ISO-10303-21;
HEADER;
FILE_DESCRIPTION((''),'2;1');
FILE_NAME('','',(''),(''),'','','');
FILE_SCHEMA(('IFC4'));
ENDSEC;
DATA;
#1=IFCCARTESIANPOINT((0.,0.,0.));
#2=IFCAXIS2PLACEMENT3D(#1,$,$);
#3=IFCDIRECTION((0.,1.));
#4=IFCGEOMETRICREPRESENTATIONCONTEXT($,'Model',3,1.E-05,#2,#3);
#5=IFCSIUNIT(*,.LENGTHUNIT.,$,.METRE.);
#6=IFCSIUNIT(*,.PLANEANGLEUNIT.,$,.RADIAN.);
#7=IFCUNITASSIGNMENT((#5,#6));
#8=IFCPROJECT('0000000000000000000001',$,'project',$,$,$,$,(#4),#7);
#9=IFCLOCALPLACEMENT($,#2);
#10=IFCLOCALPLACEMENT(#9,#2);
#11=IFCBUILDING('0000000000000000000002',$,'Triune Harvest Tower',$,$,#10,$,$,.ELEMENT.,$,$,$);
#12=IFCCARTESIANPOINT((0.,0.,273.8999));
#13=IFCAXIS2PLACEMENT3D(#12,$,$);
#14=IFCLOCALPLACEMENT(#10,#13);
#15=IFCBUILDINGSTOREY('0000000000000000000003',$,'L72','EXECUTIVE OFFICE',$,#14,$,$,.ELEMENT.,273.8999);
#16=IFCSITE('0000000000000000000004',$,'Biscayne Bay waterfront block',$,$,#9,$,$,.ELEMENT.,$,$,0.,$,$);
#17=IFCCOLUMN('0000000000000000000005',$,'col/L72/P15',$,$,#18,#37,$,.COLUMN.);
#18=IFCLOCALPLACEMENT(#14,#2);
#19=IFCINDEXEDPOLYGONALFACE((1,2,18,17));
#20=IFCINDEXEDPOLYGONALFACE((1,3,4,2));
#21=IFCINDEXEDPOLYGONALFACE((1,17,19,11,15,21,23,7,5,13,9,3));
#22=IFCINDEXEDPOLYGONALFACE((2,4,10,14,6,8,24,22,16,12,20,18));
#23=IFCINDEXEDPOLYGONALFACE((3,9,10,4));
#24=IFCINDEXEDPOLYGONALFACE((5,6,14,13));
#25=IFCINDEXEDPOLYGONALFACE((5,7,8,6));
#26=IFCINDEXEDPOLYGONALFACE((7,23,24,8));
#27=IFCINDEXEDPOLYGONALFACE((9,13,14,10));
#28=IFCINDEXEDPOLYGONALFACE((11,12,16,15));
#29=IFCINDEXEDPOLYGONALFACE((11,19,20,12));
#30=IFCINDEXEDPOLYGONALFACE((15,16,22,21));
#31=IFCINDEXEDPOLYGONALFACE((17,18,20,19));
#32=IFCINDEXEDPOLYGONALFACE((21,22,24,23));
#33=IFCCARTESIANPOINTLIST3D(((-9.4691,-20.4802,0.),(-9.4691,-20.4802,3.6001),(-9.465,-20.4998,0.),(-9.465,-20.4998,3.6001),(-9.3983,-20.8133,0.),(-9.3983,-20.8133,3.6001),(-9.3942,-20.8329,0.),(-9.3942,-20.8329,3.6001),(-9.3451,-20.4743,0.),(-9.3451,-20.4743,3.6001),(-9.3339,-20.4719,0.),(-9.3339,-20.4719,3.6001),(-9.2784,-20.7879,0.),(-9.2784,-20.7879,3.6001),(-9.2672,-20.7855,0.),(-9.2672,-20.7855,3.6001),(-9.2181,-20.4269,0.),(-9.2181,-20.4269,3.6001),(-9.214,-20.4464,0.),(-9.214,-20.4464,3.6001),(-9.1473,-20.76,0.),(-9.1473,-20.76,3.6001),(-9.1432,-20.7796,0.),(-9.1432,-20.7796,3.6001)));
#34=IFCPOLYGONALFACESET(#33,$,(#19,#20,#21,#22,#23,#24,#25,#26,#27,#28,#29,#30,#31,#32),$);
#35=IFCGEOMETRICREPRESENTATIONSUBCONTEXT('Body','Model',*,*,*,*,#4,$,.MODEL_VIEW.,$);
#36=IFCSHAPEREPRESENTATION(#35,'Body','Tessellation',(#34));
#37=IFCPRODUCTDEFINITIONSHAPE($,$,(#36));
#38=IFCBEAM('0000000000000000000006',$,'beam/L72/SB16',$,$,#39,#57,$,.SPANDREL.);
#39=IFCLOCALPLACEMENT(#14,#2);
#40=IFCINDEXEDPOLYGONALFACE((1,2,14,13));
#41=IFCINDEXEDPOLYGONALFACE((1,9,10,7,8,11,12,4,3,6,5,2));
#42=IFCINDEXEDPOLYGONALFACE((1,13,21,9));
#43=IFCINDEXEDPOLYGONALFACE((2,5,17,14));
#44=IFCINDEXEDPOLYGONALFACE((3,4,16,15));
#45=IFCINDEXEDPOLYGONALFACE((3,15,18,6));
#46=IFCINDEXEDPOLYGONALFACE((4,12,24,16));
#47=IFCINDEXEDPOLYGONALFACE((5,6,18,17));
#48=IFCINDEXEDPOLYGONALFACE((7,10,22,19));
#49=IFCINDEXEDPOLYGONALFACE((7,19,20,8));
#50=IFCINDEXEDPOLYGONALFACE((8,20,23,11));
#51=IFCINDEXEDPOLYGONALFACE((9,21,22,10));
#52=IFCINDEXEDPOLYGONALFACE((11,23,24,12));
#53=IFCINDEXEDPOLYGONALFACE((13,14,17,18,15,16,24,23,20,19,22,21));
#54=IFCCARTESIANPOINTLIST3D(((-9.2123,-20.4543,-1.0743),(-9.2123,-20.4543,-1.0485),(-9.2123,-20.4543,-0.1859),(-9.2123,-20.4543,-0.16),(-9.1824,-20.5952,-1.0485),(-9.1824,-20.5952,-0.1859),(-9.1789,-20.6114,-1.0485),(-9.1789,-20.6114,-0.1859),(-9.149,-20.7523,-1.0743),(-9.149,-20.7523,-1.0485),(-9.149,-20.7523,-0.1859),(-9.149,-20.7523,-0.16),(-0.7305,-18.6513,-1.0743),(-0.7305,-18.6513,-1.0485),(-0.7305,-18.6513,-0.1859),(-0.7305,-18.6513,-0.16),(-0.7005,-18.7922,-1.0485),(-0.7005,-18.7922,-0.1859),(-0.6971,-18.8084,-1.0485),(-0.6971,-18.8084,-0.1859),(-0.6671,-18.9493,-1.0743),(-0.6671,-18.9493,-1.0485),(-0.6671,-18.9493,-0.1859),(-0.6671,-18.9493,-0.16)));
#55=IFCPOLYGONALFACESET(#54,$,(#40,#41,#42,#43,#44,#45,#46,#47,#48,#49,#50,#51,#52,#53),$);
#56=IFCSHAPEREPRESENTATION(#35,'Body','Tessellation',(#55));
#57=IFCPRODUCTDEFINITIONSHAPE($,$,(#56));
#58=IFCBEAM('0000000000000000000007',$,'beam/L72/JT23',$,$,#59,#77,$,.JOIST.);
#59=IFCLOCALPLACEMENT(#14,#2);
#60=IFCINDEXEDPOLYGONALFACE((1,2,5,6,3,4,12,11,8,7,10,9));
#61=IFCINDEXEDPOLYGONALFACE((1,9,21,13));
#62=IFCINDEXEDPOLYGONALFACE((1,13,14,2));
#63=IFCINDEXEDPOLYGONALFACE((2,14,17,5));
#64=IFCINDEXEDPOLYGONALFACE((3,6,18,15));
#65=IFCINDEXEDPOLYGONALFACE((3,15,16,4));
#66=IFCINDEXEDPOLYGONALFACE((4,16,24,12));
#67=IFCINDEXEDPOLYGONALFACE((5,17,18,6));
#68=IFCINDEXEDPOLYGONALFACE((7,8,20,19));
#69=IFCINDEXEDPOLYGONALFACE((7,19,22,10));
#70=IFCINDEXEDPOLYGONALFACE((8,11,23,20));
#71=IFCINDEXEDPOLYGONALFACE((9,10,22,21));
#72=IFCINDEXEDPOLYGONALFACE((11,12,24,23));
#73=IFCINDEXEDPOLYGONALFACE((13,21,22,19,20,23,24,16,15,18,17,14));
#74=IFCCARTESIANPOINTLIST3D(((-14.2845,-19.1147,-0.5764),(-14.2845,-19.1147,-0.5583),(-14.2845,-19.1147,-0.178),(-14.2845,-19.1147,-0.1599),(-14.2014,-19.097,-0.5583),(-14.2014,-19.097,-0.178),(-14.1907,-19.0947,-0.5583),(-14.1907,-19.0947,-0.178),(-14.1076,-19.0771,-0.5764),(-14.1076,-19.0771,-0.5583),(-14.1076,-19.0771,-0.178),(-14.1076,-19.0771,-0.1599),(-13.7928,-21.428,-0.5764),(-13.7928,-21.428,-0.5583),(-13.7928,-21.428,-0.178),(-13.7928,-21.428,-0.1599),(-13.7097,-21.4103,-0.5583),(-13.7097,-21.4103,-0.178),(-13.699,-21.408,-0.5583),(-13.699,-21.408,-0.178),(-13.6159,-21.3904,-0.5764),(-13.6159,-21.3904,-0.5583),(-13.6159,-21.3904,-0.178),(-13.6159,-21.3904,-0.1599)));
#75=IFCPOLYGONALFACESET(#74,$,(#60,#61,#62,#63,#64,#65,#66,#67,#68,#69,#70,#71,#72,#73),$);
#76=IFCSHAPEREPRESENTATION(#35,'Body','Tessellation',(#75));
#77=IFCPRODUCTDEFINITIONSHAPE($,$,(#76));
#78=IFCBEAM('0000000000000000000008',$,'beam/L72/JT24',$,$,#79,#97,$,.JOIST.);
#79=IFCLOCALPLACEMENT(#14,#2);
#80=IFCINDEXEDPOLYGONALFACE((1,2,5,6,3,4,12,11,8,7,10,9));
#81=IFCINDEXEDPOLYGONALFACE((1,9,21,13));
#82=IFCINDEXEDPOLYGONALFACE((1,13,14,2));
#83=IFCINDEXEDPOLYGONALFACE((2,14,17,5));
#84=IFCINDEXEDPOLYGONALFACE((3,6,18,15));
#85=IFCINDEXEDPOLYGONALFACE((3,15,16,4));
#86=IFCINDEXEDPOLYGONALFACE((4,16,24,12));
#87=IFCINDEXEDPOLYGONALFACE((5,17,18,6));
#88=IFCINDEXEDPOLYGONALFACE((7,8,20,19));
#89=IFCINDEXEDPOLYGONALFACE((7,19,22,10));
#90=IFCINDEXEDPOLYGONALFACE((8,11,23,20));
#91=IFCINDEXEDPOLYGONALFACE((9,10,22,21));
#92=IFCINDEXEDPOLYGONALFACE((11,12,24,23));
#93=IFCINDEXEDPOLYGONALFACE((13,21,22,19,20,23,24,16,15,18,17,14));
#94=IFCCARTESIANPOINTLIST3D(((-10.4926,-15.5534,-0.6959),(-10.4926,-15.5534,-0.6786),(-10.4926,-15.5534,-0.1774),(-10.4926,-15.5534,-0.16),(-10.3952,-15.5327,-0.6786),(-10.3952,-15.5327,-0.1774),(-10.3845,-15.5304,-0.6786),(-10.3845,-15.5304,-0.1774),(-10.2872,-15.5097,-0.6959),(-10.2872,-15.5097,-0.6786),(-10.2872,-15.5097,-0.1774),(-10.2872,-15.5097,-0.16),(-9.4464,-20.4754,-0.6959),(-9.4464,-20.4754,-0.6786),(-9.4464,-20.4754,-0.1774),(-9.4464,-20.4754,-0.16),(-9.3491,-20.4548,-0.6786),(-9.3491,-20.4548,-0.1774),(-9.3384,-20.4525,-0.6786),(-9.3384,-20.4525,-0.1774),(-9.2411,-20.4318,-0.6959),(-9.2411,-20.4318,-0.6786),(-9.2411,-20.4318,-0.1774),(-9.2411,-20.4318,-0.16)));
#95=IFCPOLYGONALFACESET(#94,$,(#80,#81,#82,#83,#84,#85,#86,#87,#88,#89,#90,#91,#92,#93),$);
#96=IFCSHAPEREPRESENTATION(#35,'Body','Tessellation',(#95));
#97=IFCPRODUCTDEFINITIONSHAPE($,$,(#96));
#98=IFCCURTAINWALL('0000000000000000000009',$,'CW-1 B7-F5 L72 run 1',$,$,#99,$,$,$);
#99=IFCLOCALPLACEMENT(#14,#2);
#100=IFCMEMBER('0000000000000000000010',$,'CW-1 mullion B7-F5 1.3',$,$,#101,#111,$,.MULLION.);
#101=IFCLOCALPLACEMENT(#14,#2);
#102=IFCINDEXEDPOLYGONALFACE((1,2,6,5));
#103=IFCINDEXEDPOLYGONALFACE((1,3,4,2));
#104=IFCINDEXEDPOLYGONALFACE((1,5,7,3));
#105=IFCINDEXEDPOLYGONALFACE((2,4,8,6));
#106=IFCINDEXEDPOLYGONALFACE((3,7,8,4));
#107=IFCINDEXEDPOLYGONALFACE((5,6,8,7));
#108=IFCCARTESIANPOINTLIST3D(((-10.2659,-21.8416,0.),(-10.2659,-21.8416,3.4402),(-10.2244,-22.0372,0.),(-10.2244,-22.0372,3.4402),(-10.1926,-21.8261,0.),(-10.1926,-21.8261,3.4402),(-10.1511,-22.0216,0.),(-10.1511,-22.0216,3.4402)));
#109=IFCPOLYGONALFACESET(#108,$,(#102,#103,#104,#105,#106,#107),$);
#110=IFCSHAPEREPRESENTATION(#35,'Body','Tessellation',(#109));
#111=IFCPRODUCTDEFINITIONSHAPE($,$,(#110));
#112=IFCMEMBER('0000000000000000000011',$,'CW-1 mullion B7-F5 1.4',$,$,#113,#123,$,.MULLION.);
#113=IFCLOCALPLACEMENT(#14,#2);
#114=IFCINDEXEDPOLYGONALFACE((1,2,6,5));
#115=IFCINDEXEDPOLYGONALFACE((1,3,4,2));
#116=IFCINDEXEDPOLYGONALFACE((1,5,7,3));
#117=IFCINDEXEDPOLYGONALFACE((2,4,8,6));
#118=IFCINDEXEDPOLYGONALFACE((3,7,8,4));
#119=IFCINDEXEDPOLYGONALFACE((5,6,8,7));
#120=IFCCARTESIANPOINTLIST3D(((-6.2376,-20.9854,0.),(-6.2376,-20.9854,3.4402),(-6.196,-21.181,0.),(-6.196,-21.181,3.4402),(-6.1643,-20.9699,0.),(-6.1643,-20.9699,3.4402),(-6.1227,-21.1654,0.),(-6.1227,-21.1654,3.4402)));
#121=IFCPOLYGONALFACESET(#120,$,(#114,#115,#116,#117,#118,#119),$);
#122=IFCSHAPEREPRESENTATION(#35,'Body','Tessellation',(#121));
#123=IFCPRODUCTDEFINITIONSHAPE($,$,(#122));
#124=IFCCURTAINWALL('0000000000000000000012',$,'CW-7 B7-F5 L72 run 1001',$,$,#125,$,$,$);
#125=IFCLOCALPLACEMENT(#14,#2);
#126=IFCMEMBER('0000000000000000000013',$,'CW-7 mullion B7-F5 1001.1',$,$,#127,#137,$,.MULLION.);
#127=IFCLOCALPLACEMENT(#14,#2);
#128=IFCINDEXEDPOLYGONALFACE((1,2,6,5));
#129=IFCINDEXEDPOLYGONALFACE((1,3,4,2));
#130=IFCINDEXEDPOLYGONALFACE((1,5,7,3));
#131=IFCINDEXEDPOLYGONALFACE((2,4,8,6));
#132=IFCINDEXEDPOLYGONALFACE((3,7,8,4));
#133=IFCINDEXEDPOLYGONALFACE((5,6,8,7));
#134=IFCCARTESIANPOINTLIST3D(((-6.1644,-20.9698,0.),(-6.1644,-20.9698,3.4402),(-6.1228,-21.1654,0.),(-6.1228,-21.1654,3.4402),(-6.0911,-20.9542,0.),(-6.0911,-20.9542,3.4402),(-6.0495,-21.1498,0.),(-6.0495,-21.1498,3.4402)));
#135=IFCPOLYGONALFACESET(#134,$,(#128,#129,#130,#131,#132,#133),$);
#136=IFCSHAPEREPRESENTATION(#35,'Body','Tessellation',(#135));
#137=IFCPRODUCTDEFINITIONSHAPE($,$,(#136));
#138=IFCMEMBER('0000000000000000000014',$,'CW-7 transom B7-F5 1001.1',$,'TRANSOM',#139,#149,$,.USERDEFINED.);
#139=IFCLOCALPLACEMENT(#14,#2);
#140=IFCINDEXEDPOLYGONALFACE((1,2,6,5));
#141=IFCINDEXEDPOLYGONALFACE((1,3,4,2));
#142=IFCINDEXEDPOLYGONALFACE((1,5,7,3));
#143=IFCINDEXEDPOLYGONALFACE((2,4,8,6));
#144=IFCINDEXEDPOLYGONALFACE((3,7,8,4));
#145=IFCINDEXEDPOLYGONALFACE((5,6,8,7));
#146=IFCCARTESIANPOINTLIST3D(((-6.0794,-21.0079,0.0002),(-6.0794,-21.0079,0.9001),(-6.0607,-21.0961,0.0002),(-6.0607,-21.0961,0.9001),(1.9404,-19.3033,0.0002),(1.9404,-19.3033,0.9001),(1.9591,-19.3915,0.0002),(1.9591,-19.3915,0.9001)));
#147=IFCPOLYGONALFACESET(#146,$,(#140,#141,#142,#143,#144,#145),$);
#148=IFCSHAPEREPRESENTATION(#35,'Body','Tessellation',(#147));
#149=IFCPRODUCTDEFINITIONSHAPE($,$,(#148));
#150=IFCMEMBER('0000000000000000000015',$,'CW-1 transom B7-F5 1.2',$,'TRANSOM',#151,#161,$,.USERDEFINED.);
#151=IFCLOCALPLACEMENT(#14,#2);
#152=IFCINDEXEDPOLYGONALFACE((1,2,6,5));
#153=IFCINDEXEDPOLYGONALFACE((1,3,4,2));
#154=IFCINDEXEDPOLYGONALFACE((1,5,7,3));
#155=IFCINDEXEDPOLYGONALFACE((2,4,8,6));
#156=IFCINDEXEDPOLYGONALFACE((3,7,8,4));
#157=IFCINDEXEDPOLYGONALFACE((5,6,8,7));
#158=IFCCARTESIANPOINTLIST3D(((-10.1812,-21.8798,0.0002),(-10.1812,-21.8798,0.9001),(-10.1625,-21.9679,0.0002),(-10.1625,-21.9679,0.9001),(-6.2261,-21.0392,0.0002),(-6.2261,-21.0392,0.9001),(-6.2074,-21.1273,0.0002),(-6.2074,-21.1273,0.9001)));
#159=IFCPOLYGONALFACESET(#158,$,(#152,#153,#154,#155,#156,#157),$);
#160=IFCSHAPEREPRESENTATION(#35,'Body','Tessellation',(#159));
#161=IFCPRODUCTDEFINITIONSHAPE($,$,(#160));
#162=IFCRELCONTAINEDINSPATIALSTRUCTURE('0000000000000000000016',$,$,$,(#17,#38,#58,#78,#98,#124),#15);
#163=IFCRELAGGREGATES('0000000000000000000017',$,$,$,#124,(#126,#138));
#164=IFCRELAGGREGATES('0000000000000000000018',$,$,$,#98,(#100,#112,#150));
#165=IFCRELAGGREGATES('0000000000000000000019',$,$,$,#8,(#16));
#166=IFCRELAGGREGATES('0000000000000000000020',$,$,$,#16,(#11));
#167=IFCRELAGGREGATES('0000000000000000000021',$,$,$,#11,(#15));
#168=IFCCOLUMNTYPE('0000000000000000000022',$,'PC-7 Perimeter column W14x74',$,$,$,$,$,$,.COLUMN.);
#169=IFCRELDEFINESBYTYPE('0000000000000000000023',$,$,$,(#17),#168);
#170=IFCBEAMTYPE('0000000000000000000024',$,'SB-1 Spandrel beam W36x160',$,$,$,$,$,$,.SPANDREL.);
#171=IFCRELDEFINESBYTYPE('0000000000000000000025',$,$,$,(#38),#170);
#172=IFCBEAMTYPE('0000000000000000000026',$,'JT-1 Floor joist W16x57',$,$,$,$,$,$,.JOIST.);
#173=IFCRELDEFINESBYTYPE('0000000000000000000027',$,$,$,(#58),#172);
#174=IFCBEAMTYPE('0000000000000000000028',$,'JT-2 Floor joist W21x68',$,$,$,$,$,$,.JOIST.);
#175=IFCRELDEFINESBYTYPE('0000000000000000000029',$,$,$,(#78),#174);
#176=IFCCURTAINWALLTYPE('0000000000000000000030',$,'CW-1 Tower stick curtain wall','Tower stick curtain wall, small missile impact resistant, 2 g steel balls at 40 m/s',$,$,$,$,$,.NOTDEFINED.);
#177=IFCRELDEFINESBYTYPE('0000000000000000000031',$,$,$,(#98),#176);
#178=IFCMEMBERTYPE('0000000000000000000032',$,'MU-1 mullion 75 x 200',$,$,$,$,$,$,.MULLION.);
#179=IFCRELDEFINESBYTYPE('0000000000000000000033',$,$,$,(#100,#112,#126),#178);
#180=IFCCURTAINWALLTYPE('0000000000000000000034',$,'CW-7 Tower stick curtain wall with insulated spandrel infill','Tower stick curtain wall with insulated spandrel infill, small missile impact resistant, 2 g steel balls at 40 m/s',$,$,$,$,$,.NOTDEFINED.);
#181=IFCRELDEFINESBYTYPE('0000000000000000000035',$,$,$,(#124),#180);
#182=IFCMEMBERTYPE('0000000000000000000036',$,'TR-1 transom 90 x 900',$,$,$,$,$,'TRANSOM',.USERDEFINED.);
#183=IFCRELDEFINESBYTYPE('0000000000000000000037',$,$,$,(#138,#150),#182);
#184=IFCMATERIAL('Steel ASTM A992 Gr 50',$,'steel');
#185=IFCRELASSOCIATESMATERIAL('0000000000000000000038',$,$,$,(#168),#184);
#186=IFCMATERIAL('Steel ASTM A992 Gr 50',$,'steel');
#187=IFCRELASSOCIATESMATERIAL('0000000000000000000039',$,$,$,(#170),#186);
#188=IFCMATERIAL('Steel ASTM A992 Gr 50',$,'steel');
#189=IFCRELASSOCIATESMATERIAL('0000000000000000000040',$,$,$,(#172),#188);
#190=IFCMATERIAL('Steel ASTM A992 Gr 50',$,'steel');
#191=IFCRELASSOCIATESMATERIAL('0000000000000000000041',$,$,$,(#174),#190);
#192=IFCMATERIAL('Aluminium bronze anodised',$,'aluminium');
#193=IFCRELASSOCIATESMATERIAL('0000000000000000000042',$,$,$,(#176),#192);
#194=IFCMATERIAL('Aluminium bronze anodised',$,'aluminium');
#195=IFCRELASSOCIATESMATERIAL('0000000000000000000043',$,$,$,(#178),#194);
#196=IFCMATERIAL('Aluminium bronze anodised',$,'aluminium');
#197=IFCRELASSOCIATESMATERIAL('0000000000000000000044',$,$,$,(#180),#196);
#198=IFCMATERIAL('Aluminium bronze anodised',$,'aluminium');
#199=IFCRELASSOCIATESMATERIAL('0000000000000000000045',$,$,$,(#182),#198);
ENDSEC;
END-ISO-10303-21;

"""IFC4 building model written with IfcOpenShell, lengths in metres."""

from ifc_helpers import new_model, si_unit, direction, frame, origin, origin_2d, place, context, subcontext, project, spatial, rectangle, i_section, extrude, source, transform, mapped, material, material_profile, profile_set, type_object, element, aggregate, save


model = new_model("IFC4")

# Units and contexts
model_context = context("Model", 3, precision=1e-05, world=origin(), true_north=direction((0.0, 1.0)))
body_context = subcontext(model_context, "Body", "Model", "MODEL_VIEW")
ifc_project = project(units=[si_unit("LENGTHUNIT", "METRE"), si_unit("PLANEANGLEUNIT", "RADIAN")], contexts=[model_context])

# Site, building, storey
site_placement = place(None, origin())
site = spatial("IfcSite", under=ifc_project, at=site_placement, Name="Biscayne Bay waterfront block", CompositionType="ELEMENT", RefElevation=0.0)
building_placement = place(site_placement, origin())
building = spatial("IfcBuilding", under=site, at=building_placement, Name="Triune Harvest Tower", CompositionType="ELEMENT")
storey_placement = place(building_placement, frame((0.0, 0.0, 273.8999)))
storey = spatial("IfcBuildingStorey", under=building, at=storey_placement, Name="L72", Description="EXECUTIVE OFFICE", CompositionType="ELEMENT", Elevation=273.8999)

# Column
ifc_material_1 = material(Name="Steel ASTM A992 Gr 50", Category="steel")
ifc_material_profile_1 = material_profile(ifc_material_1, i_section(OverallWidth=0.2566, OverallDepth=0.3606, WebThickness=0.0115, FlangeThickness=0.02, at=origin_2d()), Name="W14x74")
ifc_profile_set_1 = profile_set([ifc_material_profile_1], Name="Steel ASTM A992 Gr 50")
column_type = type_object("IfcColumnType", Name="PC-7 Perimeter column W14x74", PredefinedType="COLUMN", material=ifc_profile_set_1)
shared_shape_1 = source(origin(), body_context, "Body", "SweptSolid", [
    extrude(i_section(OverallWidth=0.2566, OverallDepth=0.3606, WebThickness=0.0115, FlangeThickness=0.02, at=origin_2d()), origin(), (0.0, 0.0, 1.0), 3.6001),
])
column_placement = place(storey_placement, frame((-9.3062, -20.6299, 0.0), z_axis=(0.0, 0.0, 1.0), x_axis=(0.978147, 0.207913, 0.0)))
element("IfcColumn", 1, at=column_placement, inside=storey, type_object=column_type, Name="col/L72/P15", PredefinedType="COLUMN", context=body_context, shape_type="MappedRepresentation", body=[
    mapped(shared_shape_1, transform((0.0, 0.0, 0.0), scale=1.0)),
])

# Beams
ifc_material_2 = material(Name="Steel ASTM A992 Gr 50", Category="steel")
ifc_material_profile_2 = material_profile(ifc_material_2, i_section(OverallWidth=0.3047, OverallDepth=0.9143, WebThickness=0.0166, FlangeThickness=0.0259, at=origin_2d()), Name="W36x160")
ifc_profile_set_2 = profile_set([ifc_material_profile_2], Name="Steel ASTM A992 Gr 50")
beam_type_1 = type_object("IfcBeamType", Name="SB-1 Spandrel beam W36x160", PredefinedType="SPANDREL", material=ifc_profile_set_2)
shared_shape_2 = source(origin(), body_context, "Body", "SweptSolid", [
    extrude(i_section(OverallWidth=0.3047, OverallDepth=0.9143, WebThickness=0.0166, FlangeThickness=0.0259, at=origin_2d()), origin(), (0.0, 0.0, 1.0), 8.6714),
])
beam_1_placement = place(storey_placement, frame((-9.1807, -20.6033, -0.6172), z_axis=(0.978146, 0.207921, 0.0), x_axis=(-0.207921, 0.978146, 0.0)))
element("IfcBeam", 2, at=beam_1_placement, inside=storey, type_object=beam_type_1, Name="beam/L72/SB16", PredefinedType="SPANDREL", context=body_context, shape_type="MappedRepresentation", body=[
    mapped(shared_shape_2, transform((0.0, 0.0, 0.0), scale=1.0)),
])
ifc_material_3 = material(Name="Steel ASTM A992 Gr 50", Category="steel")
ifc_material_profile_3 = material_profile(ifc_material_3, i_section(OverallWidth=0.1809, OverallDepth=0.4165, WebThickness=0.011, FlangeThickness=0.0181, at=origin_2d()), Name="W16x57")
ifc_profile_set_3 = profile_set([ifc_material_profile_3], Name="Steel ASTM A992 Gr 50")
beam_type_2 = type_object("IfcBeamType", Name="JT-1 Floor joist W16x57", PredefinedType="JOIST", material=ifc_profile_set_3)
shared_shape_3 = source(origin(), body_context, "Body", "SweptSolid", [
    extrude(i_section(OverallWidth=0.1809, OverallDepth=0.4165, WebThickness=0.011, FlangeThickness=0.0181, at=origin_2d()), origin(), (0.0, 0.0, 1.0), 2.365),
])
beam_2_placement = place(storey_placement, frame((-13.7043, -21.4092, -0.3682), z_axis=(-0.207914, 0.978147, 0.0), x_axis=(-0.978147, -0.207914, 0.0)))
element("IfcBeam", 3, at=beam_2_placement, inside=storey, type_object=beam_type_2, Name="beam/L72/JT23", PredefinedType="JOIST", context=body_context, shape_type="MappedRepresentation", body=[
    mapped(shared_shape_3, transform((0.0, 0.0, 0.0), scale=1.0)),
])
ifc_material_4 = material(Name="Steel ASTM A992 Gr 50", Category="steel")
ifc_material_profile_4 = material_profile(ifc_material_4, i_section(OverallWidth=0.21, OverallDepth=0.5359, WebThickness=0.011, FlangeThickness=0.0173, at=origin_2d()), Name="W21x68")
ifc_profile_set_4 = profile_set([ifc_material_profile_4], Name="Steel ASTM A992 Gr 50")
beam_type_3 = type_object("IfcBeamType", Name="JT-2 Floor joist W21x68", PredefinedType="JOIST", material=ifc_profile_set_4)
shared_shape_4 = source(origin(), body_context, "Body", "SweptSolid", [
    extrude(i_section(OverallWidth=0.21, OverallDepth=0.5359, WebThickness=0.011, FlangeThickness=0.0173, at=origin_2d()), origin(), (0.0, 0.0, 1.0), 5.032),
])
beam_3_placement = place(storey_placement, frame((-9.3438, -20.4536, -0.428), z_axis=(-0.207895, 0.978151, 0.0), x_axis=(-0.978151, -0.207895, 0.0)))
element("IfcBeam", 4, at=beam_3_placement, inside=storey, type_object=beam_type_3, Name="beam/L72/JT24", PredefinedType="JOIST", context=body_context, shape_type="MappedRepresentation", body=[
    mapped(shared_shape_4, transform((0.0, 0.0, 0.0), scale=1.0)),
])

# Curtain walls, members
ifc_material_5 = material(Name="Aluminium bronze anodised", Category="aluminium")
curtain_wall_type_1 = type_object("IfcCurtainWallType", Name="CW-1 Tower stick curtain wall", Description="Tower stick curtain wall, small missile impact resistant, 2 g steel balls at 40 m/s", PredefinedType="NOTDEFINED", material=ifc_material_5)
curtain_wall_1_placement = place(storey_placement, origin())
curtain_wall_1 = element("IfcCurtainWall", 5, at=curtain_wall_1_placement, inside=storey, type_object=curtain_wall_type_1, Name="CW-1 B7-F5 L72 run 1")
ifc_material_6 = material(Name="Aluminium bronze anodised", Category="aluminium")
ifc_material_profile_5 = material_profile(ifc_material_6, rectangle(XDim=0.2, YDim=0.075, at=origin_2d()), Name="MU-1 mullion 75 x 200")
ifc_profile_set_5 = profile_set([ifc_material_profile_5], Name="Aluminium bronze anodised")
member_type_1 = type_object("IfcMemberType", Name="MU-1 mullion 75 x 200", PredefinedType="MULLION", material=ifc_profile_set_5)
shared_shape_5 = source(origin(), body_context, "Body", "SweptSolid", [
    extrude(rectangle(XDim=0.2, YDim=0.075, at=origin_2d()), origin(), (0.0, 0.0, 1.0), 3.4402),
])
member_1_placement = place(storey_placement, frame((-10.2085, -21.9316, 0.0), z_axis=(0.0, 0.0, 1.0), x_axis=(-0.207909, 0.978148, 0.0)))
member_1 = element("IfcMember", 6, at=member_1_placement, type_object=member_type_1, Name="CW-1 mullion B7-F5 1.3", PredefinedType="MULLION", context=body_context, shape_type="MappedRepresentation", body=[
    mapped(shared_shape_5, transform((0.0, 0.0, 0.0), scale=1.0)),
])
member_2_placement = place(storey_placement, frame((-6.1802, -21.0754, 0.0), z_axis=(0.0, 0.0, 1.0), x_axis=(-0.207909, 0.978148, 0.0)))
member_2 = element("IfcMember", 7, at=member_2_placement, type_object=member_type_1, Name="CW-1 mullion B7-F5 1.4", PredefinedType="MULLION", context=body_context, shape_type="MappedRepresentation", body=[
    mapped(shared_shape_5, transform((0.0, 0.0, 0.0), scale=1.0)),
])
ifc_material_7 = material(Name="Aluminium bronze anodised", Category="aluminium")
curtain_wall_type_2 = type_object("IfcCurtainWallType", Name="CW-7 Tower stick curtain wall with insulated spandrel infill", Description="Tower stick curtain wall with insulated spandrel infill, small missile impact resistant, 2 g steel balls at 40 m/s", PredefinedType="NOTDEFINED", material=ifc_material_7)
curtain_wall_2_placement = place(storey_placement, origin())
curtain_wall_2 = element("IfcCurtainWall", 8, at=curtain_wall_2_placement, inside=storey, type_object=curtain_wall_type_2, Name="CW-7 B7-F5 L72 run 1001")
member_3_placement = place(storey_placement, frame((-6.1069, -21.0598, 0.0), z_axis=(0.0, 0.0, 1.0), x_axis=(-0.207913, 0.978147, 0.0)))
member_3 = element("IfcMember", 9, at=member_3_placement, type_object=member_type_1, Name="CW-7 mullion B7-F5 1001.1", PredefinedType="MULLION", context=body_context, shape_type="MappedRepresentation", body=[
    mapped(shared_shape_5, transform((0.0, 0.0, 0.0), scale=1.0)),
])
ifc_material_8 = material(Name="Aluminium bronze anodised", Category="aluminium")
ifc_material_profile_6 = material_profile(ifc_material_8, rectangle(XDim=0.0901, YDim=0.8999, at=origin_2d()), Name="TR-1 transom 90 x 900")
ifc_profile_set_6 = profile_set([ifc_material_profile_6], Name="Aluminium bronze anodised")
member_type_2 = type_object("IfcMemberType", Name="TR-1 transom 90 x 900", ElementType="TRANSOM", PredefinedType="USERDEFINED", material=ifc_profile_set_6)
shared_shape_6 = source(origin(), body_context, "Body", "SweptSolid", [
    extrude(rectangle(XDim=0.0901, YDim=0.8999, at=origin_2d()), origin(), (0.0, 0.0, 1.0), 8.199),
])
member_4_placement = place(storey_placement, frame((-6.0701, -21.052, 0.4502), z_axis=(0.978149, 0.207904, 0.0), x_axis=(-0.207904, 0.978149, 0.0)))
member_4 = element("IfcMember", 10, at=member_4_placement, type_object=member_type_2, Name="CW-7 transom B7-F5 1001.1", ObjectType="TRANSOM", PredefinedType="USERDEFINED", context=body_context, shape_type="MappedRepresentation", body=[
    mapped(shared_shape_6, transform((0.0, 0.0, 0.0), scale=1.0)),
])

# Member
shared_shape_7 = source(origin(), body_context, "Body", "SweptSolid", [
    extrude(rectangle(XDim=0.0901, YDim=0.8999, at=origin_2d()), origin(), (0.0, 0.0, 1.0), 4.0435),
])
member_5_placement = place(storey_placement, frame((-10.1719, -21.9238, 0.4502), z_axis=(0.978153, 0.207888, 0.0), x_axis=(-0.207888, 0.978153, 0.0)))
member_5 = element("IfcMember", 11, at=member_5_placement, type_object=member_type_2, Name="CW-1 transom B7-F5 1.2", ObjectType="TRANSOM", PredefinedType="USERDEFINED", context=body_context, shape_type="MappedRepresentation", body=[
    mapped(shared_shape_7, transform((0.0, 0.0, 0.0), scale=1.0)),
])

aggregate(curtain_wall_2, [member_3, member_4])
aggregate(curtain_wall_1, [member_1, member_2, member_5])

save(model, "model.ifc")
